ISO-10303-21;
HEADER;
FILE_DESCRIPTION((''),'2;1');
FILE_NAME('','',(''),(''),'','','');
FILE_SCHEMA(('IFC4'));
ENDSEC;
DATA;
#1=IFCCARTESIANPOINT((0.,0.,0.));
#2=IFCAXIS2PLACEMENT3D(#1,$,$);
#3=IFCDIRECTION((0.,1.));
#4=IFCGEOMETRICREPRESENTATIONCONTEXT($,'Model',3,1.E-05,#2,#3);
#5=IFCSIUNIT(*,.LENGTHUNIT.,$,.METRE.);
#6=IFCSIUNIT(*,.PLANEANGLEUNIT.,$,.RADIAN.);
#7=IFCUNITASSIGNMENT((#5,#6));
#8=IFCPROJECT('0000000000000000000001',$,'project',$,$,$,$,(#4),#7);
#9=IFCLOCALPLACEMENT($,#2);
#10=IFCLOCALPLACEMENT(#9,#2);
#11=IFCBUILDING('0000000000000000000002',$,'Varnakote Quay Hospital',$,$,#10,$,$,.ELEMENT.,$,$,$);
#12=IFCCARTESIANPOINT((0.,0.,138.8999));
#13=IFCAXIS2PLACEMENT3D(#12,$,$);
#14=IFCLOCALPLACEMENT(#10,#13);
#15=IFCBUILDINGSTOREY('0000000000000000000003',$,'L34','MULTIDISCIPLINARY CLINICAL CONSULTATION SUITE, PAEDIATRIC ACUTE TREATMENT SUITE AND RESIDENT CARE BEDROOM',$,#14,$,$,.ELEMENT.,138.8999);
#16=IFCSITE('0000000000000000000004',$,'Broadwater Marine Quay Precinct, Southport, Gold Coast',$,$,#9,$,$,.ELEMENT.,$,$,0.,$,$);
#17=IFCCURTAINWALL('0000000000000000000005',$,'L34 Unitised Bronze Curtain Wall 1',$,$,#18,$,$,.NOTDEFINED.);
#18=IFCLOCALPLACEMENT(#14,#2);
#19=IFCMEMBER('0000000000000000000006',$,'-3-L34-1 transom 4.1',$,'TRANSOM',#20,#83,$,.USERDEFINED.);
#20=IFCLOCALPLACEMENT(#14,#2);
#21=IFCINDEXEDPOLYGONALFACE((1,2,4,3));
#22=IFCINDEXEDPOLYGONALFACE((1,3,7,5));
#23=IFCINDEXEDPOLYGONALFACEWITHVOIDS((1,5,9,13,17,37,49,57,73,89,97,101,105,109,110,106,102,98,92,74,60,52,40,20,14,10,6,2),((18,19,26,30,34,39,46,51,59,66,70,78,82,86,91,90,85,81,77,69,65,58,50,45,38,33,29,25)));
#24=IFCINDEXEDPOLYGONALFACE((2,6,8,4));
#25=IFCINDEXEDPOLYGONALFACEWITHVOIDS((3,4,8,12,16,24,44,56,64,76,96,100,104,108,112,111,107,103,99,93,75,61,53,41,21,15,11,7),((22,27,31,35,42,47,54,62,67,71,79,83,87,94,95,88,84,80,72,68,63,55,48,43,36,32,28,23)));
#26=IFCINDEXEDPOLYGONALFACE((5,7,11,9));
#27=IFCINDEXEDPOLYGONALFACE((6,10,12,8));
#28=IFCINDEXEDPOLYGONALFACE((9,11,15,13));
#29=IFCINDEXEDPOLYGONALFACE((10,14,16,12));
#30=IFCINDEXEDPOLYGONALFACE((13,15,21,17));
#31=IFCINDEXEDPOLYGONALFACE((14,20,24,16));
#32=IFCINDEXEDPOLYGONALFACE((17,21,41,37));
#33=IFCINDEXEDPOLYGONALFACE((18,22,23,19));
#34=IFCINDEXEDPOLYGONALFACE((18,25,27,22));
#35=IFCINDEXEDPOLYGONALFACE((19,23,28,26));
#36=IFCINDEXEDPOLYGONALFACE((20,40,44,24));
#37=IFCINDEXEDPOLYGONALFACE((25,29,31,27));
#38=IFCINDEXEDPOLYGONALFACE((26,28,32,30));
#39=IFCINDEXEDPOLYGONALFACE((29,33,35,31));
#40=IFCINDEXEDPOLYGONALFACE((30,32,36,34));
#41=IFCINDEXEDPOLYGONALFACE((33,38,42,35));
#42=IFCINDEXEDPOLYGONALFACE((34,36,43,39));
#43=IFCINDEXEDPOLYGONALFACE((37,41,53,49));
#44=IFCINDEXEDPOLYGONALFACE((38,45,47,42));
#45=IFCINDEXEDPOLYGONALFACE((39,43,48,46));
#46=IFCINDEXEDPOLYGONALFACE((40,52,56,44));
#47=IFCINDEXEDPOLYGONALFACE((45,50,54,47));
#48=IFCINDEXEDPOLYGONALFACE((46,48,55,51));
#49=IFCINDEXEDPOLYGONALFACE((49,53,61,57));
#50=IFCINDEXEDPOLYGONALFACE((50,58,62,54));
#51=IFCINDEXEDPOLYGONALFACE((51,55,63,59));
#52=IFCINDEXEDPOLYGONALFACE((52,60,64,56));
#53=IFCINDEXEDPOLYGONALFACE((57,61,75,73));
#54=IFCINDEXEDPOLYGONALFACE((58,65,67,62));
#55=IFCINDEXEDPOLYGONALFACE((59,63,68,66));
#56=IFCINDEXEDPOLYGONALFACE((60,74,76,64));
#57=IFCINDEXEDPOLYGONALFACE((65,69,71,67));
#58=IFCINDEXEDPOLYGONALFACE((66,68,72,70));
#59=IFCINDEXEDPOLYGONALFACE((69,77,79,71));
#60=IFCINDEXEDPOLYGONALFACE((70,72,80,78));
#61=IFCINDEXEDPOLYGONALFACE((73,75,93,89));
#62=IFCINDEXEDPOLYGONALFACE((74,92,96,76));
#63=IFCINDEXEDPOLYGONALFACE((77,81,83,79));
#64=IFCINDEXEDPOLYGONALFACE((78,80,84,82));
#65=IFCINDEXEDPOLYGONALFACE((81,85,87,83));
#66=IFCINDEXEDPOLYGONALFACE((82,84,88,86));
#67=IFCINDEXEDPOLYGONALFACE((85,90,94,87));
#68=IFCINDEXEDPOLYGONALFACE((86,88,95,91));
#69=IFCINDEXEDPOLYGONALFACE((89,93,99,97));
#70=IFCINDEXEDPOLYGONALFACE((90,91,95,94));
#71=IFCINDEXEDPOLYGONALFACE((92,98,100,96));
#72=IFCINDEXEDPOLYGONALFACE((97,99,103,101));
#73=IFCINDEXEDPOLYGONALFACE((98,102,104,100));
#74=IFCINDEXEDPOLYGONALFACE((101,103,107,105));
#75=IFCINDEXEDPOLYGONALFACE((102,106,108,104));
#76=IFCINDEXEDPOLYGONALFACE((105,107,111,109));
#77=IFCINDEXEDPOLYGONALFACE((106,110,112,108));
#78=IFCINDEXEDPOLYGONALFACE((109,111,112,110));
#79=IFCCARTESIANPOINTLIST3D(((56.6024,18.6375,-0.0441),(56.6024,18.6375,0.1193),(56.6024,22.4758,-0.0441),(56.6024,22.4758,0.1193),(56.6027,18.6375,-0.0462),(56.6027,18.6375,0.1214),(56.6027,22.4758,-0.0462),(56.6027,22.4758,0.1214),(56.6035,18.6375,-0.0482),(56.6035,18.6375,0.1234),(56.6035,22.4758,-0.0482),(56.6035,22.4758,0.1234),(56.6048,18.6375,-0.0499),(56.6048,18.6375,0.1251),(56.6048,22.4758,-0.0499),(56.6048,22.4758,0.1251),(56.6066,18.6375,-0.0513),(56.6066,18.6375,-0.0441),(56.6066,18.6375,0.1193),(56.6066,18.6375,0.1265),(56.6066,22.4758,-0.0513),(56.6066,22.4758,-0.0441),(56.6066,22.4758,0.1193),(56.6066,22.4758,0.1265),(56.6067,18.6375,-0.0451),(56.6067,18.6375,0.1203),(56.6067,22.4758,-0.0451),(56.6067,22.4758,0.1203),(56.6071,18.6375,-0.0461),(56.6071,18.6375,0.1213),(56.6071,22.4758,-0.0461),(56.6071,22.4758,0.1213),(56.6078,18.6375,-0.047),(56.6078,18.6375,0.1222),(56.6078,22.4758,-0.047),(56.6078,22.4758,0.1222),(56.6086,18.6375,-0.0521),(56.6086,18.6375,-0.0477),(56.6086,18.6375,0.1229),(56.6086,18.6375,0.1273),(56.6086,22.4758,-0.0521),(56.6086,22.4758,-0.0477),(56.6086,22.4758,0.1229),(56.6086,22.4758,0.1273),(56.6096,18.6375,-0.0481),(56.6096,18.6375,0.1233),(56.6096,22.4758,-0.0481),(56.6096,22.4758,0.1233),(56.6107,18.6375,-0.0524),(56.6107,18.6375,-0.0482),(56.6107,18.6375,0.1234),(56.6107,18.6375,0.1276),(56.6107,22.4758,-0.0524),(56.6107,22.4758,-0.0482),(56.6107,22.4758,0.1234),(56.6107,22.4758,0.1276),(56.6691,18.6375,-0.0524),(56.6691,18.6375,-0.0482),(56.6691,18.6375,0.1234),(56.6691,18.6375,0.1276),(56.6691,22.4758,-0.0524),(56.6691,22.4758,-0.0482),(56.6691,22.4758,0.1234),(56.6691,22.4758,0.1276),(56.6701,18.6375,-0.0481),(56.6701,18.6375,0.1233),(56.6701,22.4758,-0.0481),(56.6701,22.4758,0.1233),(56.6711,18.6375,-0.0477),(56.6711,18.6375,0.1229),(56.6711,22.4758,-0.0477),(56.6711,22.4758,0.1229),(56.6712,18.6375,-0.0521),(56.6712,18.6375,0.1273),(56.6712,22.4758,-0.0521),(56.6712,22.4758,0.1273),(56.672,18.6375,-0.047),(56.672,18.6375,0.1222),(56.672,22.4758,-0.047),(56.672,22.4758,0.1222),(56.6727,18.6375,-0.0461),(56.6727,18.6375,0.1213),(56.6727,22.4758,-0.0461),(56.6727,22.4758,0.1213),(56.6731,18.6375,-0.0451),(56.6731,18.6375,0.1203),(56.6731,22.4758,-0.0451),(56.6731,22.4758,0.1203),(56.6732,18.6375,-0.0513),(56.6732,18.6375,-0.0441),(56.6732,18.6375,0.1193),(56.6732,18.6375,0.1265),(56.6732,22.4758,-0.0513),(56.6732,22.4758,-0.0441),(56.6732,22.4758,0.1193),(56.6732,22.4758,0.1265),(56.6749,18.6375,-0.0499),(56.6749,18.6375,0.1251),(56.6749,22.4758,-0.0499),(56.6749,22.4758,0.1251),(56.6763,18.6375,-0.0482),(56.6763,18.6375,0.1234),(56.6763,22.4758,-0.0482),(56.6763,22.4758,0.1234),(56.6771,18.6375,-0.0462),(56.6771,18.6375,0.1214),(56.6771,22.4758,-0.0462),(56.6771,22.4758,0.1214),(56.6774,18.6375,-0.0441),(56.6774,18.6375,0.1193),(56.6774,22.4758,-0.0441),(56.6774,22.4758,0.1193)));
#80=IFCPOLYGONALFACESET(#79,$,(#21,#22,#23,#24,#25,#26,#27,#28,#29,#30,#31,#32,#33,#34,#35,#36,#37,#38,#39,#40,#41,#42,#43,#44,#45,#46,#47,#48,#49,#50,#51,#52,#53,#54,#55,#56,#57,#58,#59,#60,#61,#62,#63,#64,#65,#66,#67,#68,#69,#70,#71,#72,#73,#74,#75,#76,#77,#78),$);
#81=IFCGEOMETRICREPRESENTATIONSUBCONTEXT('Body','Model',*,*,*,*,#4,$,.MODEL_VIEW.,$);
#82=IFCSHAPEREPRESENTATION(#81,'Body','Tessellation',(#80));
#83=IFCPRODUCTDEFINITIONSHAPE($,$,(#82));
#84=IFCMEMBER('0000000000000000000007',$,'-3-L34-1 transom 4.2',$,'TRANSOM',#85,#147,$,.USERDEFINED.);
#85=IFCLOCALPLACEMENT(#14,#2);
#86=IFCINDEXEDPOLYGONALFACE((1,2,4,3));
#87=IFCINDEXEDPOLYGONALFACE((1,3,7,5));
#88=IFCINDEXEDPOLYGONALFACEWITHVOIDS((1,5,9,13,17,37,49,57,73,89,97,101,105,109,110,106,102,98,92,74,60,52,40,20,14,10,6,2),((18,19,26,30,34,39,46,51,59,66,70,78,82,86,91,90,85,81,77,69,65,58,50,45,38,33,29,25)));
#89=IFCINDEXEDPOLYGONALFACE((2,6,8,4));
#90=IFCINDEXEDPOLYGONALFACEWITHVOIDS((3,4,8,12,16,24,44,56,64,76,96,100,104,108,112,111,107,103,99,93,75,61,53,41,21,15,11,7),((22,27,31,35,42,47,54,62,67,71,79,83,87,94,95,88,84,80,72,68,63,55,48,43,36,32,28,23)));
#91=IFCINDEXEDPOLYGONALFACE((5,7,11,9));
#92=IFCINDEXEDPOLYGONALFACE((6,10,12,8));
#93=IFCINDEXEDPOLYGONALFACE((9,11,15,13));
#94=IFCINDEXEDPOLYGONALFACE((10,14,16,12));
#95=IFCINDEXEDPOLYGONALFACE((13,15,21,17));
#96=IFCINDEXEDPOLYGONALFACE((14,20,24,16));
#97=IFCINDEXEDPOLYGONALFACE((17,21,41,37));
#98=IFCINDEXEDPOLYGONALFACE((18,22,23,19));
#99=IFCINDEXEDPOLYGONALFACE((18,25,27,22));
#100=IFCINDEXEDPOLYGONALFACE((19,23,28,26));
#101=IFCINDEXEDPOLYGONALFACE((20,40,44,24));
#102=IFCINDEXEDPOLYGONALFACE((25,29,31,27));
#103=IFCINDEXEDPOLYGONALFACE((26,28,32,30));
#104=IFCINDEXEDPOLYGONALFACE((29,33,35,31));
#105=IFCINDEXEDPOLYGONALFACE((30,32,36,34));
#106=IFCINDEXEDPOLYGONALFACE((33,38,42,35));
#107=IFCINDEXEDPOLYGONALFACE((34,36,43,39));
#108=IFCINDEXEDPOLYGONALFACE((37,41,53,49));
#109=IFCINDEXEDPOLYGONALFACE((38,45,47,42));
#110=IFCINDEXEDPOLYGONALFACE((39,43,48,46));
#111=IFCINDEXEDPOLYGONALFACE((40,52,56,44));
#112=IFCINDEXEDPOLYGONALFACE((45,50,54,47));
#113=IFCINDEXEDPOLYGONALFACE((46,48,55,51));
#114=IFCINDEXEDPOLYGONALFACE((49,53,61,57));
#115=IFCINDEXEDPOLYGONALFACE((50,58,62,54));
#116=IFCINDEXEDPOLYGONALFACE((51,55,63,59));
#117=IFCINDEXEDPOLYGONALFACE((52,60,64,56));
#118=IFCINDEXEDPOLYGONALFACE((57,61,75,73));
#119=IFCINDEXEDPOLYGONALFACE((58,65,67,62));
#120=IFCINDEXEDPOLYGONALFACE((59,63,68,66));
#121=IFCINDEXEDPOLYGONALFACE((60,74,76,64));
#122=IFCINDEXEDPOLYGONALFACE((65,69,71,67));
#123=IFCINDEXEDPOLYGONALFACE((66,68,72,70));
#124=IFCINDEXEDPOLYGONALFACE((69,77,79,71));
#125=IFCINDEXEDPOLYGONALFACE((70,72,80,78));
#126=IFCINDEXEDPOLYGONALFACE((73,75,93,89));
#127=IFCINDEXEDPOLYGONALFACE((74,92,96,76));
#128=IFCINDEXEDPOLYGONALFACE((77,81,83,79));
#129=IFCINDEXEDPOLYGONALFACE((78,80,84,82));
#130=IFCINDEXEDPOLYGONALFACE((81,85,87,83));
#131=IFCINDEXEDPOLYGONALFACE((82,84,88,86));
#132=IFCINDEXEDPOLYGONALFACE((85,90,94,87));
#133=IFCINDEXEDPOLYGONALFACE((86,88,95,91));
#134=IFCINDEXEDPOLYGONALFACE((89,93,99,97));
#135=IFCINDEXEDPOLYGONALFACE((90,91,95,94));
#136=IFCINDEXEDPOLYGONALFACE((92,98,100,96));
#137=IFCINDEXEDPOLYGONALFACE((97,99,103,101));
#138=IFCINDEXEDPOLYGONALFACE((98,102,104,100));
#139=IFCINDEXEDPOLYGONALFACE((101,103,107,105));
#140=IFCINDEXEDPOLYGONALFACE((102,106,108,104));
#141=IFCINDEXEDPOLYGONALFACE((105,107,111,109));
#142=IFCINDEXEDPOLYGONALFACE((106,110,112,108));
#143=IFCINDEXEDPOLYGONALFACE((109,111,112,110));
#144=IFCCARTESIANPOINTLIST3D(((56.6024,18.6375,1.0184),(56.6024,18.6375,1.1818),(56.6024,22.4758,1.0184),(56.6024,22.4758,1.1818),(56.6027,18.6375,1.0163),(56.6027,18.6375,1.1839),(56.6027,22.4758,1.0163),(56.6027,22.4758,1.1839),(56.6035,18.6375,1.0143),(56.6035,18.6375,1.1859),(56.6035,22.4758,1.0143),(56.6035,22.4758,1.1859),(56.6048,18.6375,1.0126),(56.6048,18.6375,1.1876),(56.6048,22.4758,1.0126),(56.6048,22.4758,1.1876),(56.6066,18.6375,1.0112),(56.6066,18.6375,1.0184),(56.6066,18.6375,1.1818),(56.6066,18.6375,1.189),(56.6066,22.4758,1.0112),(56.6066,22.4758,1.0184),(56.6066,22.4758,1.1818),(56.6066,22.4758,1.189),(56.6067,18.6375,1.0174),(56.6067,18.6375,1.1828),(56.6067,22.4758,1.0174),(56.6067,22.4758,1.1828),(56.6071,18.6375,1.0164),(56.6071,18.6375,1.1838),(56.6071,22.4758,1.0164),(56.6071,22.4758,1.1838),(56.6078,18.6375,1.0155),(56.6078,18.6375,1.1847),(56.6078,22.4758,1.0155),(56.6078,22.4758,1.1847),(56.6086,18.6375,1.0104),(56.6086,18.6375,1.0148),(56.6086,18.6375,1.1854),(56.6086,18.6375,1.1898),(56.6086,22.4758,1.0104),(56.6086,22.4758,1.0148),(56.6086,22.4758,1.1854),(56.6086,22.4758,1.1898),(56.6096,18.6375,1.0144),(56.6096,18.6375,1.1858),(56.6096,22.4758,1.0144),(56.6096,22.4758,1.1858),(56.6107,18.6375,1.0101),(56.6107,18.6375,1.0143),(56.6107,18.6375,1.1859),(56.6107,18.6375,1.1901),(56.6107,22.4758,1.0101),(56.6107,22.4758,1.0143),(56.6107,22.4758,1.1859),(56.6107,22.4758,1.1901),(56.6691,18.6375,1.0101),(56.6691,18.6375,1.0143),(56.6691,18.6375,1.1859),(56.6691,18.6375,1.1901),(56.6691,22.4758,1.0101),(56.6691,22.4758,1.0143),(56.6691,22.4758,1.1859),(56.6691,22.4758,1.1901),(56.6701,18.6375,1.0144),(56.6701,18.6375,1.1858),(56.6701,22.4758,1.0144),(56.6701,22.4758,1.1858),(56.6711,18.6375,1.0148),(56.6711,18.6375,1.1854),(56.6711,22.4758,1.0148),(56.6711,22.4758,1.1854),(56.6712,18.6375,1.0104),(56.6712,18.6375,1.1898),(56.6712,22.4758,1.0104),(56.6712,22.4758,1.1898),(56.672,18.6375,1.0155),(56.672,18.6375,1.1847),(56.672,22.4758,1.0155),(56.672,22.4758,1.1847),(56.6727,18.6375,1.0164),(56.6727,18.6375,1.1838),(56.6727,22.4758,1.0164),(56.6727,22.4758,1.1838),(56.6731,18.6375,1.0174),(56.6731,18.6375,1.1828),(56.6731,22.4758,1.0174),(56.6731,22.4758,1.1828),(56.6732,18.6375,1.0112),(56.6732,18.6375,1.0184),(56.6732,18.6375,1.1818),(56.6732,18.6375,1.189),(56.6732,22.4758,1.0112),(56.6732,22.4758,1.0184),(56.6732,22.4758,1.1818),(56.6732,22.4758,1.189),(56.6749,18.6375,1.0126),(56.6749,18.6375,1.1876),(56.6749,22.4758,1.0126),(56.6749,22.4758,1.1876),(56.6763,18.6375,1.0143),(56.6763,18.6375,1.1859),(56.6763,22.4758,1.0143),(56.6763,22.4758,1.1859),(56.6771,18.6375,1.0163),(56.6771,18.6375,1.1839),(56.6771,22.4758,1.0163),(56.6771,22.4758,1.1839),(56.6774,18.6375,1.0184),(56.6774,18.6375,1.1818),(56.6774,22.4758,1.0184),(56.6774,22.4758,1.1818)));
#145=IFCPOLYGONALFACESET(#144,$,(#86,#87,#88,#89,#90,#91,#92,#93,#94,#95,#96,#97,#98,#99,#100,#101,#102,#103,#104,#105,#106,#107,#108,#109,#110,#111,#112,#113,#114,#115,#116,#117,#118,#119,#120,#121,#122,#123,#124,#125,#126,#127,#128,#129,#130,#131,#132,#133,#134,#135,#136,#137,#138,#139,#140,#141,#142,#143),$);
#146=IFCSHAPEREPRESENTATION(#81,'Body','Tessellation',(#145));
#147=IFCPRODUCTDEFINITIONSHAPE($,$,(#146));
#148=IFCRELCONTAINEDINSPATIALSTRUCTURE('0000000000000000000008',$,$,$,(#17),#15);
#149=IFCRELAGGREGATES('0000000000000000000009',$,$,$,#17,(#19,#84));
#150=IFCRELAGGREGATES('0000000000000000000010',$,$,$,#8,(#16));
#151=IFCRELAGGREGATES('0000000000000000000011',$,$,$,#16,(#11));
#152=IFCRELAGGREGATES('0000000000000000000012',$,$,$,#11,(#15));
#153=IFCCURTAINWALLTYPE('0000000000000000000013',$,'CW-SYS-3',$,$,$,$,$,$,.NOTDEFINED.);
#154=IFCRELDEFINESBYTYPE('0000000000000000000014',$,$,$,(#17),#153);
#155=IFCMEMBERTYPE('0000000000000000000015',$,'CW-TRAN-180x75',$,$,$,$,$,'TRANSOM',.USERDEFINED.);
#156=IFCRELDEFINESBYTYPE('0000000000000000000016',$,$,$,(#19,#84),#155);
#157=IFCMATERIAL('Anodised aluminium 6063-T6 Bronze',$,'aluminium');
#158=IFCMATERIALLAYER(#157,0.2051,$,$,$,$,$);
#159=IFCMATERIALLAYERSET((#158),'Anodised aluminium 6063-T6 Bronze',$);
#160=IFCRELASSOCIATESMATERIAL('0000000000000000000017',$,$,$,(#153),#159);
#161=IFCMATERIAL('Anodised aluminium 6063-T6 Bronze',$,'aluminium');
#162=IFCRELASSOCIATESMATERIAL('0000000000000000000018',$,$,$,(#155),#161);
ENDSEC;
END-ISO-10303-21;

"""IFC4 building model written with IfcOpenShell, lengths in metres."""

from ifc_helpers import new_model, si_unit, direction, frame, origin, origin_2d, place, context, subcontext, project, spatial, hollow_rectangle, extrude, material, layer, layer_set, material_profile, profile_set, type_object, element, aggregate, save


model = new_model("IFC4")

# Units and contexts
model_context = context("Model", 3, precision=1e-05, world=origin(), true_north=direction((0.0, 1.0)))
body_context = subcontext(model_context, "Body", "Model", "MODEL_VIEW")
ifc_project = project(units=[si_unit("LENGTHUNIT", "METRE"), si_unit("PLANEANGLEUNIT", "RADIAN")], contexts=[model_context])

# Site, building, storey
site_placement = place(None, origin())
site = spatial("IfcSite", under=ifc_project, at=site_placement, Name="Broadwater Marine Quay Precinct, Southport, Gold Coast", CompositionType="ELEMENT", RefElevation=0.0)
building_placement = place(site_placement, origin())
building = spatial("IfcBuilding", under=site, at=building_placement, Name="Varnakote Quay Hospital", CompositionType="ELEMENT")
storey_placement = place(building_placement, frame((0.0, 0.0, 138.8999)))
storey = spatial("IfcBuildingStorey", under=building, at=storey_placement, Name="L34", Description="MULTIDISCIPLINARY CLINICAL CONSULTATION SUITE, PAEDIATRIC ACUTE TREATMENT SUITE AND RESIDENT CARE BEDROOM", CompositionType="ELEMENT", Elevation=138.8999)

# Curtain wall, members
ifc_material_1 = material(Name="Anodised aluminium 6063-T6 Bronze", Category="aluminium")
ifc_layer_1 = layer(ifc_material_1, 0.2051)
ifc_layer_set_1 = layer_set([ifc_layer_1], Name="Anodised aluminium 6063-T6 Bronze")
curtain_wall_type = type_object("IfcCurtainWallType", Name="CW-SYS-3", PredefinedType="NOTDEFINED", material=ifc_layer_set_1)
curtain_wall_placement = place(storey_placement, origin())
curtain_wall = element("IfcCurtainWall", 1, at=curtain_wall_placement, inside=storey, type_object=curtain_wall_type, Name="L34 Unitised Bronze Curtain Wall 1", PredefinedType="NOTDEFINED")
ifc_material_2 = material(Name="Anodised aluminium 6063-T6 Bronze", Category="aluminium")
ifc_material_profile_1 = material_profile(ifc_material_2, hollow_rectangle(XDim=0.075, YDim=0.1799, WallThickness=0.0042, InnerFilletRadius=0.0042, OuterFilletRadius=0.0083, at=origin_2d()), Name="CW-TRAN-180x75")
ifc_profile_set_1 = profile_set([ifc_material_profile_1], Name="Anodised aluminium 6063-T6 Bronze")
member_type_1 = type_object("IfcMemberType", Name="CW-TRAN-180x75", ElementType="TRANSOM", PredefinedType="USERDEFINED", material=ifc_profile_set_1)
member_1_placement = place(storey_placement, frame((56.6399, 18.6375, 0.0376), z_axis=(0.0, 1.0, 0.0), x_axis=(-1.0, 0.0, 0.0)))
member_1 = element("IfcMember", 2, at=member_1_placement, type_object=member_type_1, Name="-3-L34-1 transom 4.1", ObjectType="TRANSOM", PredefinedType="USERDEFINED", context=body_context, shape_type="SweptSolid", body=[
    extrude(hollow_rectangle(XDim=0.075, YDim=0.1799, WallThickness=0.0042, InnerFilletRadius=0.0042, OuterFilletRadius=0.0083, at=origin_2d()), origin(), (0.0, 0.0, 1.0), 3.8384),
])
member_2_placement = place(storey_placement, frame((56.6399, 18.6375, 1.1001), z_axis=(0.0, 1.0, 0.0), x_axis=(-1.0, 0.0, 0.0)))
member_2 = element("IfcMember", 3, at=member_2_placement, type_object=member_type_1, Name="-3-L34-1 transom 4.2", ObjectType="TRANSOM", PredefinedType="USERDEFINED", context=body_context, shape_type="SweptSolid", body=[
    extrude(hollow_rectangle(XDim=0.075, YDim=0.1799, WallThickness=0.0042, InnerFilletRadius=0.0042, OuterFilletRadius=0.0083, at=origin_2d()), origin(), (0.0, 0.0, 1.0), 3.8384),
])
aggregate(curtain_wall, [member_1, member_2])

save(model, "model.ifc")
